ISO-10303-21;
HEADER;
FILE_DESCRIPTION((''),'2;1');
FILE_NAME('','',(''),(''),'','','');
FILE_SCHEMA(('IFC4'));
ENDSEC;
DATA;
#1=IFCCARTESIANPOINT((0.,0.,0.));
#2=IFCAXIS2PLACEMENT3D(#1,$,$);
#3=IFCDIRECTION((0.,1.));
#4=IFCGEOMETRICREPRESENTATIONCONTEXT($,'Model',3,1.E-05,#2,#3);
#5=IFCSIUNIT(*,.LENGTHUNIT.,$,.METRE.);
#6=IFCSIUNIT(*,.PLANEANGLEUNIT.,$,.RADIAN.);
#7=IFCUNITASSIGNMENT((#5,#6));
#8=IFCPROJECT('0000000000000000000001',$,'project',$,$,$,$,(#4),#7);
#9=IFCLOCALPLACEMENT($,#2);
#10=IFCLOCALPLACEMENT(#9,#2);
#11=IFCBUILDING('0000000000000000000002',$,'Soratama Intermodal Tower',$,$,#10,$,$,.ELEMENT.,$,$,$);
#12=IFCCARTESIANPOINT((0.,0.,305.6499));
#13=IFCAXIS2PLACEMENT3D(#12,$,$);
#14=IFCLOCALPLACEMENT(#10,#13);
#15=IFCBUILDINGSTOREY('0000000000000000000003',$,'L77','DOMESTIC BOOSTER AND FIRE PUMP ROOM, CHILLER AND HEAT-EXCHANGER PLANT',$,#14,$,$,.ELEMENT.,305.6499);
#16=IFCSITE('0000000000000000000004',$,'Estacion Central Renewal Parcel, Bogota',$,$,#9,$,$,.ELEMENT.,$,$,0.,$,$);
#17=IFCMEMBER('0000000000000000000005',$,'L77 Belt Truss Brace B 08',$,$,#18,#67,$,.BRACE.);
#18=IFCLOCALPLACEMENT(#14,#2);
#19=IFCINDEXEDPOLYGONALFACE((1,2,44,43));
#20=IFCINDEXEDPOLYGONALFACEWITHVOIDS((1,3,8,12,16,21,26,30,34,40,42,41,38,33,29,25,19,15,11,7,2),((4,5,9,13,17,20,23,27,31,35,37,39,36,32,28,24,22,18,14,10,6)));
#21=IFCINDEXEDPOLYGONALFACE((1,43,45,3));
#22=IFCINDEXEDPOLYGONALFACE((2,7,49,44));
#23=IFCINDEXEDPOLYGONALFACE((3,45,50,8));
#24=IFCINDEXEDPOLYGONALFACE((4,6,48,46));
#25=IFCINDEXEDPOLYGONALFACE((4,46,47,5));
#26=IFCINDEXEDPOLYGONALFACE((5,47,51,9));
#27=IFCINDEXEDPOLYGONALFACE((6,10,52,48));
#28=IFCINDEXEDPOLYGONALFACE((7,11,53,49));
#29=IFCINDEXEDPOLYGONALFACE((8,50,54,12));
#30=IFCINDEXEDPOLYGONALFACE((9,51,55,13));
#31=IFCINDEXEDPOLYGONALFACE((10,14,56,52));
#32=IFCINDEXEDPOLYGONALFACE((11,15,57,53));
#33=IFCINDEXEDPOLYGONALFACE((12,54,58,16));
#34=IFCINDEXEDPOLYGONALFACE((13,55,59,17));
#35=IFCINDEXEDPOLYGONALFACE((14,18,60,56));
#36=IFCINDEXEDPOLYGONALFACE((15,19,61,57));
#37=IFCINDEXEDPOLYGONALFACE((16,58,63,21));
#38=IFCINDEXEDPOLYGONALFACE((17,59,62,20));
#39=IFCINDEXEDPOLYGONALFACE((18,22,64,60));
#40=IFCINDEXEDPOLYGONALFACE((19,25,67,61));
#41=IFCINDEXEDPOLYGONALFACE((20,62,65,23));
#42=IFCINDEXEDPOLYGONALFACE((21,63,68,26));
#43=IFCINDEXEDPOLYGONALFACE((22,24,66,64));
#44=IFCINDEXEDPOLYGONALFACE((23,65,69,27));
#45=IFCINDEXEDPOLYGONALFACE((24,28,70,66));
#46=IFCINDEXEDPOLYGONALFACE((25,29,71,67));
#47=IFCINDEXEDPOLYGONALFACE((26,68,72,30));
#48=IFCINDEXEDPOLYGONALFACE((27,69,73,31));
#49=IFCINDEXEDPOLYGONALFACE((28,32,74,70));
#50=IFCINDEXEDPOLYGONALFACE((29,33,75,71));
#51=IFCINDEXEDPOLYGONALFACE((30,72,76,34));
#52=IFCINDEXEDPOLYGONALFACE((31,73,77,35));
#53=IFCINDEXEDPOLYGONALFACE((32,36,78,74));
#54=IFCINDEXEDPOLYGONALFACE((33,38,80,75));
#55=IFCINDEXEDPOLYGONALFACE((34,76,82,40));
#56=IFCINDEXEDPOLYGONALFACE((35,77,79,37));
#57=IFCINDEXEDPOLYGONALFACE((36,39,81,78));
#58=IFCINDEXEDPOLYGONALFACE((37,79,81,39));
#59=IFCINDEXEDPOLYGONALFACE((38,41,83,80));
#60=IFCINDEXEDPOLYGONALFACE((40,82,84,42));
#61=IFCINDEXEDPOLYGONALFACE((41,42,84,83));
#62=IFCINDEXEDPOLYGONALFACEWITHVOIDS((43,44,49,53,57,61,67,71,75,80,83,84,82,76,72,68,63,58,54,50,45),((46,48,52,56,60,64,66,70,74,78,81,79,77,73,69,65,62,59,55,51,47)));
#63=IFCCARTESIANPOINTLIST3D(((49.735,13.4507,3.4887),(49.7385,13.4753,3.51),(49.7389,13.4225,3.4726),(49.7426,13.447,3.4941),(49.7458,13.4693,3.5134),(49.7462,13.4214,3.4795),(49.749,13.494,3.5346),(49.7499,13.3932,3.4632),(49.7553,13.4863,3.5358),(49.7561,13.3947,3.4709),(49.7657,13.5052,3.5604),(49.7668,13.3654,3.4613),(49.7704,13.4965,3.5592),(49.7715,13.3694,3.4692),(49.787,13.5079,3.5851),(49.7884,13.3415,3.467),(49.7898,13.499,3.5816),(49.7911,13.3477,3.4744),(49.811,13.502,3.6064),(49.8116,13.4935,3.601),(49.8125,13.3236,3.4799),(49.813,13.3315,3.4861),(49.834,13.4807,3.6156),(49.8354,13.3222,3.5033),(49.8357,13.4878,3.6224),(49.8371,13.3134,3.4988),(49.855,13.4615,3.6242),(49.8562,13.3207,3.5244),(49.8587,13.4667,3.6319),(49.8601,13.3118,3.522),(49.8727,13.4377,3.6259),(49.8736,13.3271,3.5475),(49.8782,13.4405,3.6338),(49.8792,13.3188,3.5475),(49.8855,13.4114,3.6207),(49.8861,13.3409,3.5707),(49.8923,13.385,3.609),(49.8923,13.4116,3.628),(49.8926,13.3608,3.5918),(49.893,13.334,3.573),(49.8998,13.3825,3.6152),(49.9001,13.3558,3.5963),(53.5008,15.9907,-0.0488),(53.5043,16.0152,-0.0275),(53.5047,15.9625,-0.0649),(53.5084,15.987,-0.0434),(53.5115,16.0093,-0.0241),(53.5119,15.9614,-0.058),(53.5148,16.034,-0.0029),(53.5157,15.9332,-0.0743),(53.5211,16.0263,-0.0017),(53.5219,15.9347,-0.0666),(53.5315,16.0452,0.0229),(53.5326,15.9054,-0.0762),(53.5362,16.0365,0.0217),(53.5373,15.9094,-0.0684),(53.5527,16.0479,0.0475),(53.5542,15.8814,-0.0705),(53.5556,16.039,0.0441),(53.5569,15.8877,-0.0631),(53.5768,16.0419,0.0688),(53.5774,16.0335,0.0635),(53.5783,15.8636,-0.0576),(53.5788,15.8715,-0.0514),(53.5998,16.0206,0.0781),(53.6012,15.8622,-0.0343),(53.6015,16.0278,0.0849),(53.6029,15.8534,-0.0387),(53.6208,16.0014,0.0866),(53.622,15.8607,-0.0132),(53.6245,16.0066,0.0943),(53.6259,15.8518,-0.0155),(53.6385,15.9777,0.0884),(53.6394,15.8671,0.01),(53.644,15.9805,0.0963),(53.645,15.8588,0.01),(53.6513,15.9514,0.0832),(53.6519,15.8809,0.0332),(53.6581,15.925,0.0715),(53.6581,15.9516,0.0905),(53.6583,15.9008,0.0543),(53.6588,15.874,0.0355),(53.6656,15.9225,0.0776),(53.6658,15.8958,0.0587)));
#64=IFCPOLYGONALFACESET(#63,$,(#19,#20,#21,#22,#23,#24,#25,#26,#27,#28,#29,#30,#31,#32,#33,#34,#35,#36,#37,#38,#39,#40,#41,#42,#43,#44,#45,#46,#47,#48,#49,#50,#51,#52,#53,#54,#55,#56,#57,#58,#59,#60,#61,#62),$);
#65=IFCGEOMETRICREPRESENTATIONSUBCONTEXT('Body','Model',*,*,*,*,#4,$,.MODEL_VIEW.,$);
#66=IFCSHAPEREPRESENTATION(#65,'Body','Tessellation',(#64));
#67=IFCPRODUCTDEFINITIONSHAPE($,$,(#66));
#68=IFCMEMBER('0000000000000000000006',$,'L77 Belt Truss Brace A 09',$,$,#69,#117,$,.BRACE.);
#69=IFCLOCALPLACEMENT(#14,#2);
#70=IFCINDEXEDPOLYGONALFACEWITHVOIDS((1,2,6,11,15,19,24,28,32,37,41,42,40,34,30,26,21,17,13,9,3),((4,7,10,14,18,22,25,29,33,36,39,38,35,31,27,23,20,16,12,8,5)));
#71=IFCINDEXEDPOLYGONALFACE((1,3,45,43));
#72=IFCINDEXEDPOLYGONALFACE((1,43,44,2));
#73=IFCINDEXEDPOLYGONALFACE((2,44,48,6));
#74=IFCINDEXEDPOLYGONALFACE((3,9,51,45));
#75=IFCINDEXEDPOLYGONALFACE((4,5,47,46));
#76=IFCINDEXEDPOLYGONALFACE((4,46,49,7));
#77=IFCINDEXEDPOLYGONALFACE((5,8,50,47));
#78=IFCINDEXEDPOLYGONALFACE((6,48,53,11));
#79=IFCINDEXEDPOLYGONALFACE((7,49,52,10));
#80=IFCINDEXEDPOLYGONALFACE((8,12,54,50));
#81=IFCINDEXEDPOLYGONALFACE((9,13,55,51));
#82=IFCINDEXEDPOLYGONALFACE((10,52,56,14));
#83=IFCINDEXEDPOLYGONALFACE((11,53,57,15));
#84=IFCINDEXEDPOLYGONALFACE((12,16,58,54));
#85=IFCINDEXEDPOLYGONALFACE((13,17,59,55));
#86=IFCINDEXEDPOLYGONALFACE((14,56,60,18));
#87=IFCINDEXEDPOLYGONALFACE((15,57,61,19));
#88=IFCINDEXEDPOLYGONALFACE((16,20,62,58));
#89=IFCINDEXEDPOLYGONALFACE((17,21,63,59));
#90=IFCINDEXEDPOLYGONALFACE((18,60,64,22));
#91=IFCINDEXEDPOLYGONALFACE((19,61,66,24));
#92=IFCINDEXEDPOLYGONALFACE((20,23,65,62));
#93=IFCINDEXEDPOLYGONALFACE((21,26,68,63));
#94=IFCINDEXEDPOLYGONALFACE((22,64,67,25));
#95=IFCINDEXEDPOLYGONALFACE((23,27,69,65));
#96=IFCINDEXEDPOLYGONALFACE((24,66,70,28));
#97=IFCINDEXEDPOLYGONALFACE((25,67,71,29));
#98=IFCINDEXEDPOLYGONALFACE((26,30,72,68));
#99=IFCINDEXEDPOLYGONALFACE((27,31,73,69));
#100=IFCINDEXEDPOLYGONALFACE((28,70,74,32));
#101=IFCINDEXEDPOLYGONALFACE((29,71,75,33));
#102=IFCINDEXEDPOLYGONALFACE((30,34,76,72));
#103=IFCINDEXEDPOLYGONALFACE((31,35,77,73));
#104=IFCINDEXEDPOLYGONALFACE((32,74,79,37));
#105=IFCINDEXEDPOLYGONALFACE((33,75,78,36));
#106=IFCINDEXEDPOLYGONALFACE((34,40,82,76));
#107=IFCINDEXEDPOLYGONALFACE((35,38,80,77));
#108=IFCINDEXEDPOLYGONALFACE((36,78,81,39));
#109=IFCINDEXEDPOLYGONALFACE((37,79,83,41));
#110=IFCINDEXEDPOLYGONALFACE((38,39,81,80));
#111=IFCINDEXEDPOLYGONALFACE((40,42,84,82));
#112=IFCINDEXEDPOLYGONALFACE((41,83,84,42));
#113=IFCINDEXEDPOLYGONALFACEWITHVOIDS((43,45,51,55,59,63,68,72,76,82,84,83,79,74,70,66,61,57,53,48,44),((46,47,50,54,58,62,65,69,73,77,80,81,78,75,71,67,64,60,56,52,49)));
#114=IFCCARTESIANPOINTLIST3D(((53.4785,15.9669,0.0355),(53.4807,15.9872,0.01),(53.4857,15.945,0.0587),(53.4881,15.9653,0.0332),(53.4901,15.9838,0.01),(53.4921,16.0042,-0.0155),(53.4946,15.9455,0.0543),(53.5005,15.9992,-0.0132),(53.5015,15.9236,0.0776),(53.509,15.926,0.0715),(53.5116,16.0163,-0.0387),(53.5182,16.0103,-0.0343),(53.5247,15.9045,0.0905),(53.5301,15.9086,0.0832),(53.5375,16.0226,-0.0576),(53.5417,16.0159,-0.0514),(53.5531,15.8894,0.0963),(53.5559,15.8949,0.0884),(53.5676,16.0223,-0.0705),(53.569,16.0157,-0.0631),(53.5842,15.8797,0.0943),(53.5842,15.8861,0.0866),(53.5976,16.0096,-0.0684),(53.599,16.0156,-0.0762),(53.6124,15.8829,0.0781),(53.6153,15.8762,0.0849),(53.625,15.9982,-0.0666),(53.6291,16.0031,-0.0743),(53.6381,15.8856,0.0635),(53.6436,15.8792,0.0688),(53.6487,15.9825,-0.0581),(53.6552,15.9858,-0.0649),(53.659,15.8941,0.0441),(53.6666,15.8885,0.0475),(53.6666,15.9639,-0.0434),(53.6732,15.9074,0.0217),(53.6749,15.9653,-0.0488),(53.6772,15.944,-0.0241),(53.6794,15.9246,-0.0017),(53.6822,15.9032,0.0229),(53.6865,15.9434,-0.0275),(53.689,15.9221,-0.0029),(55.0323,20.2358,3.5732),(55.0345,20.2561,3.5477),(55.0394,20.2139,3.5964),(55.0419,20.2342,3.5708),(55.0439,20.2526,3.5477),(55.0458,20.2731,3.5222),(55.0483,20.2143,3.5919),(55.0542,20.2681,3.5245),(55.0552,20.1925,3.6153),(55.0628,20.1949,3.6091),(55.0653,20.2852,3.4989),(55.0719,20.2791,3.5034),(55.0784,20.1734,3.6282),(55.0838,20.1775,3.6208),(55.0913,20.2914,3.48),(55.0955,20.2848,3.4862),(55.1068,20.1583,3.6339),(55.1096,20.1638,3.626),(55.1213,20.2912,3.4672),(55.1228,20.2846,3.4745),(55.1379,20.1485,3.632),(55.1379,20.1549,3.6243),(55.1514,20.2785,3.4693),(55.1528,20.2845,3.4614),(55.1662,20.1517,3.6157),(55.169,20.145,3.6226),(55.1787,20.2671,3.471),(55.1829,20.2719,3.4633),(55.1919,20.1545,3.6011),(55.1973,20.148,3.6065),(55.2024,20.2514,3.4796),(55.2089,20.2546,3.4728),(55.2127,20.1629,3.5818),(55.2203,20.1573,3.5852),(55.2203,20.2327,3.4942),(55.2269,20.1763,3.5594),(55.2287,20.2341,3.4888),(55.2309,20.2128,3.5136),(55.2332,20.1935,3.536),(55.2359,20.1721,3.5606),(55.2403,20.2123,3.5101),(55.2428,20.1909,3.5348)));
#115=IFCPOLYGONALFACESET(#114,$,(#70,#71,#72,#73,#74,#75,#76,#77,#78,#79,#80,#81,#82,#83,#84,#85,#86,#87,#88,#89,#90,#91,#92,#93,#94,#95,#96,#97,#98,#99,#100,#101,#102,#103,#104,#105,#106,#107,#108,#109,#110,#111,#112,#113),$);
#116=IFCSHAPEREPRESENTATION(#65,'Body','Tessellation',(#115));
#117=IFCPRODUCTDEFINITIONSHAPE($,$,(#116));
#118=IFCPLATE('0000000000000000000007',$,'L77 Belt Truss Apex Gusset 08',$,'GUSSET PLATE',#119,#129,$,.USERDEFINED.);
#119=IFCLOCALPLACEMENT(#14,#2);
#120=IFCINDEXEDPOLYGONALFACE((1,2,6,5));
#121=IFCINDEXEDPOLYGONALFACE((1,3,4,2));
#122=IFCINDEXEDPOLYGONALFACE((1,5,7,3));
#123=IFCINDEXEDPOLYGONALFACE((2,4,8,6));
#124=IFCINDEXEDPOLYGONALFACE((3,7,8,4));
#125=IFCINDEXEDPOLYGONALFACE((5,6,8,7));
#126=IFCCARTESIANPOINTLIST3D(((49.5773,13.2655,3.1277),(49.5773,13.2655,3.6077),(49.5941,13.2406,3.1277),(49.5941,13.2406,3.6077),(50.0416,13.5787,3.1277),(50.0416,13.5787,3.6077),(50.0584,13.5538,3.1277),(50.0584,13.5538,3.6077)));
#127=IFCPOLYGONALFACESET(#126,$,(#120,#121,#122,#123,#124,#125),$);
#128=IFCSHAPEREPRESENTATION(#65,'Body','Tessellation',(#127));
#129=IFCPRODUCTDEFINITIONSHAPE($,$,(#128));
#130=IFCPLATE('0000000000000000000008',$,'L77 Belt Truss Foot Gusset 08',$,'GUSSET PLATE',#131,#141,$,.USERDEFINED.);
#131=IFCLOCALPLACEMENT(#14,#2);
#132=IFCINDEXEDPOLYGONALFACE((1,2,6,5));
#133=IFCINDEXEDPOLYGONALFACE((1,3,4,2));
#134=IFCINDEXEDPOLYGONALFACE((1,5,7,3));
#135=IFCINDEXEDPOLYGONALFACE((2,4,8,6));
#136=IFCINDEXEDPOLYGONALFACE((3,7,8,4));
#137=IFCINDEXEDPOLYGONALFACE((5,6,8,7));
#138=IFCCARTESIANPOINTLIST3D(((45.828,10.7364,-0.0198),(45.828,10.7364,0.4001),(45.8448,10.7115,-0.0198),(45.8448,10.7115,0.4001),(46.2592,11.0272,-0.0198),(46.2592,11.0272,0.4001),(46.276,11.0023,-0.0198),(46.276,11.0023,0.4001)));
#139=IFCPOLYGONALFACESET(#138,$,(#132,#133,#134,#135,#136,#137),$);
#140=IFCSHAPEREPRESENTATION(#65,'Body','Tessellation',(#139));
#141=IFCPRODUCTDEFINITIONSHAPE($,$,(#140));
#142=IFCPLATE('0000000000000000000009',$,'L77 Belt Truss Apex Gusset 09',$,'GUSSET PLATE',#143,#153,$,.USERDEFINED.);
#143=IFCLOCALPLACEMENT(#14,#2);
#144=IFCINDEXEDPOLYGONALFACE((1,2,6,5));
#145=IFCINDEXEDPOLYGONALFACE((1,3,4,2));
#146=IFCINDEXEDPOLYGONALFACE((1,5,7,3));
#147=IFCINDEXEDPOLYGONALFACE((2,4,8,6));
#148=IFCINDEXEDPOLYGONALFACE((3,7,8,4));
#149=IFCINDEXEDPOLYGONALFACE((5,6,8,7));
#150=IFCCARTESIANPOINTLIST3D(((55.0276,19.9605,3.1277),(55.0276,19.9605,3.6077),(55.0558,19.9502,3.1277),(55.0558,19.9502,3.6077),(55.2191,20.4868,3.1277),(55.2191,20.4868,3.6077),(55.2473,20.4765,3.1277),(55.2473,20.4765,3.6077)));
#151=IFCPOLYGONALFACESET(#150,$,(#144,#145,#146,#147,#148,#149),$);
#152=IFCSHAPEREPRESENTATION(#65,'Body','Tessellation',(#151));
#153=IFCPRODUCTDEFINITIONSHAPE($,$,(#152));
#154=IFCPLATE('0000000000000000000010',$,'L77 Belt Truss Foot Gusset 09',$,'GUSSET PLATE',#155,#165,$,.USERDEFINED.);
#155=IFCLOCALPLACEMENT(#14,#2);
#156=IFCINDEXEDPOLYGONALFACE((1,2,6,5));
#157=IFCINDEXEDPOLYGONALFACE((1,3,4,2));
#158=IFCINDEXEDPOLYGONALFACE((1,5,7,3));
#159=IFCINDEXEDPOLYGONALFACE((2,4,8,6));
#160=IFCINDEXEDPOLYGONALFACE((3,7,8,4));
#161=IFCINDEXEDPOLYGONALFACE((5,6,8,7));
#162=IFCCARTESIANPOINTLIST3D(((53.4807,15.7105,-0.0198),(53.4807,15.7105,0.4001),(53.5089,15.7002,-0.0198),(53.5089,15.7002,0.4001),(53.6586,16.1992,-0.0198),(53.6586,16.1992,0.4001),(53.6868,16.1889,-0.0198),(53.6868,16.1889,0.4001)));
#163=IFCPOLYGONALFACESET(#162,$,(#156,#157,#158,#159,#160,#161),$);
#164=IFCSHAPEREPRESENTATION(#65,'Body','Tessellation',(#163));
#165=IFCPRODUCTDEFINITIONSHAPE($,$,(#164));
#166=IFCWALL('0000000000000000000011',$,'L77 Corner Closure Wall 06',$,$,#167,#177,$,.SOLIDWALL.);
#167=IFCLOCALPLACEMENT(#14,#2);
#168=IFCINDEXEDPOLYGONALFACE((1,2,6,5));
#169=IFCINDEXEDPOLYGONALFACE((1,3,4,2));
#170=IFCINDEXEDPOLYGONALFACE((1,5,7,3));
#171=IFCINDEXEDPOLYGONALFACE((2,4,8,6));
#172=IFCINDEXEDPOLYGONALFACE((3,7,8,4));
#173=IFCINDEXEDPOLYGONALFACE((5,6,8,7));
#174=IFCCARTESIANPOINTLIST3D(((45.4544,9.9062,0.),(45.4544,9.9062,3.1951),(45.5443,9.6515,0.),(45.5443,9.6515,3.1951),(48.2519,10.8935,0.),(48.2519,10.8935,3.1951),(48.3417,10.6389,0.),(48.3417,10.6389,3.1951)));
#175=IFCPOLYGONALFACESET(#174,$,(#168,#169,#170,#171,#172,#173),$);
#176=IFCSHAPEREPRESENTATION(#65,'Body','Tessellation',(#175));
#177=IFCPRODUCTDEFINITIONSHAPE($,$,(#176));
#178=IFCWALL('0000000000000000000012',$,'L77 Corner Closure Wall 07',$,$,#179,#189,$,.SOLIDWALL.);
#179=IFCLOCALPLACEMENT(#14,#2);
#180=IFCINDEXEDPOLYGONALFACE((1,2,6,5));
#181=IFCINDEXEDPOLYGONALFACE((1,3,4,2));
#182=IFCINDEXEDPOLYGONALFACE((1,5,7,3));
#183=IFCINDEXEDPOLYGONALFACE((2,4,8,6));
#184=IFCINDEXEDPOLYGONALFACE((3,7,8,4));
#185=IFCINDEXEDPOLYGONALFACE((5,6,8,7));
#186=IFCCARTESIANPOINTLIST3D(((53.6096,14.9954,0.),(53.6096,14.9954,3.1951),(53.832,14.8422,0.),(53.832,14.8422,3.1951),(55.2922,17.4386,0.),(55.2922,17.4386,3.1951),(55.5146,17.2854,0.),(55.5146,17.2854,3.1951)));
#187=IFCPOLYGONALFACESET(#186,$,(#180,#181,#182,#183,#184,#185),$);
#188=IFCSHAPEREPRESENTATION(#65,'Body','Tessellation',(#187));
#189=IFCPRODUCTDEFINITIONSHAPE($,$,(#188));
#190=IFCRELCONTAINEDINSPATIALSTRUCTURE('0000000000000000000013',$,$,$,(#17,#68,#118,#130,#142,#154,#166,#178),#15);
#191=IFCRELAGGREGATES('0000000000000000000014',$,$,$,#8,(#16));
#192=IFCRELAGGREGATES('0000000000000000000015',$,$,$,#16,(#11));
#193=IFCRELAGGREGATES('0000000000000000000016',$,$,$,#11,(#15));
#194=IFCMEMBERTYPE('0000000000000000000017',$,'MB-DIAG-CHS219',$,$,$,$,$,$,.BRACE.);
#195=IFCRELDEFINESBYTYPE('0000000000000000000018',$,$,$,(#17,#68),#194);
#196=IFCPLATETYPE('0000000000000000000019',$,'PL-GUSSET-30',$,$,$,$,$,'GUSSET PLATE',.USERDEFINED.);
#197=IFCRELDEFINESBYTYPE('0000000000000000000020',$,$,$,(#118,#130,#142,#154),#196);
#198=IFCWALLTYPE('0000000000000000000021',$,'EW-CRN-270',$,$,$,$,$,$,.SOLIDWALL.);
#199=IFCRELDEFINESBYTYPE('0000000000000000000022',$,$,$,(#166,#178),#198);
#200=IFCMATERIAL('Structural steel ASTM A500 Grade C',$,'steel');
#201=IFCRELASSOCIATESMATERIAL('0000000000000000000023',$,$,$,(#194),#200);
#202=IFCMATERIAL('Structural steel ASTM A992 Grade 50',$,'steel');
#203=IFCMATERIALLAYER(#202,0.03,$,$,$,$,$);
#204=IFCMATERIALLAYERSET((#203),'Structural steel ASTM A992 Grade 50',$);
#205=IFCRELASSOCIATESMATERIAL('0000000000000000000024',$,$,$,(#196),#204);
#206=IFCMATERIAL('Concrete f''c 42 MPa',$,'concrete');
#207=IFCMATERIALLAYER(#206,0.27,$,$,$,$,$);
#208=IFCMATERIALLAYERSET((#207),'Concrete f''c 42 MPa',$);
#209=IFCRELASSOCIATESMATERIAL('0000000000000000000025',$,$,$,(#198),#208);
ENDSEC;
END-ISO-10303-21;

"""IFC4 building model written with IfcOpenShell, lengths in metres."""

from ifc_helpers import new_model, si_unit, direction, frame, frame_2d, origin, origin_2d, place, context, subcontext, project, spatial, rectangle, hollow_circle, extrude, material, layer, layer_set, material_profile, profile_set, type_object, element, save


model = new_model("IFC4")

# Units and contexts
model_context = context("Model", 3, precision=1e-05, world=origin(), true_north=direction((0.0, 1.0)))
body_context = subcontext(model_context, "Body", "Model", "MODEL_VIEW")
ifc_project = project(units=[si_unit("LENGTHUNIT", "METRE"), si_unit("PLANEANGLEUNIT", "RADIAN")], contexts=[model_context])

# Site, building, storey
site_placement = place(None, origin())
site = spatial("IfcSite", under=ifc_project, at=site_placement, Name="Estacion Central Renewal Parcel, Bogota", CompositionType="ELEMENT", RefElevation=0.0)
building_placement = place(site_placement, origin())
building = spatial("IfcBuilding", under=site, at=building_placement, Name="Soratama Intermodal Tower", CompositionType="ELEMENT")
storey_placement = place(building_placement, frame((0.0, 0.0, 305.6499)))
storey = spatial("IfcBuildingStorey", under=building, at=storey_placement, Name="L77", Description="DOMESTIC BOOSTER AND FIRE PUMP ROOM, CHILLER AND HEAT-EXCHANGER PLANT", CompositionType="ELEMENT", Elevation=305.6499)

# Members
ifc_material_1 = material(Name="Structural steel ASTM A500 Grade C", Category="steel")
ifc_material_profile_1 = material_profile(ifc_material_1, hollow_circle(Radius=0.1096, WallThickness=0.01, at=origin_2d()), Name="CHS219X10")
ifc_profile_set_1 = profile_set([ifc_material_profile_1], Name="Structural steel ASTM A500 Grade C")
member_type = type_object("IfcMemberType", Name="MB-DIAG-CHS219", PredefinedType="BRACE", material=ifc_profile_set_1)
member_1_placement = place(storey_placement, frame((53.5837, 15.9497, 0.01), z_axis=(-0.654087, -0.441175, 0.614439), x_axis=(0.559182, -0.829045, 0.0)))
element("IfcMember", 1, at=member_1_placement, inside=storey, type_object=member_type, Name="L77 Belt Truss Brace B 08", PredefinedType="BRACE", context=body_context, shape_type="SweptSolid", body=[
    extrude(hollow_circle(Radius=0.1096, WallThickness=0.01, at=origin_2d()), origin(), (0.0, 0.0, 1.0), 5.7573),
])
member_2_placement = place(storey_placement, frame((53.5837, 15.9497, 0.01), z_axis=(0.269849, 0.741405, 0.61441), x_axis=(-0.939693, 0.342019, 0.0)))
element("IfcMember", 2, at=member_2_placement, inside=storey, type_object=member_type, Name="L77 Belt Truss Brace A 09", PredefinedType="BRACE", context=body_context, shape_type="SweptSolid", body=[
    extrude(hollow_circle(Radius=0.1096, WallThickness=0.01, at=origin_2d()), origin(), (0.0, 0.0, 1.0), 5.7578),
])

# Plates
ifc_material_2 = material(Name="Structural steel ASTM A992 Grade 50", Category="steel")
ifc_layer_1 = layer(ifc_material_2, 0.03)
ifc_layer_set_1 = layer_set([ifc_layer_1], Name="Structural steel ASTM A992 Grade 50")
plate_type = type_object("IfcPlateType", Name="PL-GUSSET-30", ElementType="GUSSET PLATE", PredefinedType="USERDEFINED", material=ifc_layer_set_1)
plate_1_placement = place(storey_placement, frame((49.8179, 13.4097, 3.1277), z_axis=(0.0, 0.0, 1.0), x_axis=(0.829038, 0.559193, 0.0)))
element("IfcPlate", 3, at=plate_1_placement, inside=storey, type_object=plate_type, Name="L77 Belt Truss Apex Gusset 08", ObjectType="GUSSET PLATE", PredefinedType="USERDEFINED", context=body_context, shape_type="SweptSolid", body=[
    extrude(rectangle(XDim=0.5601, YDim=0.03, at=origin_2d()), origin(), (0.0, 0.0, 1.0), 0.48),
])
plate_2_placement = place(storey_placement, frame((46.052, 10.8694, -0.0198), z_axis=(0.0, 0.0, 1.0), x_axis=(0.829038, 0.559193, 0.0)))
element("IfcPlate", 4, at=plate_2_placement, inside=storey, type_object=plate_type, Name="L77 Belt Truss Foot Gusset 08", ObjectType="GUSSET PLATE", PredefinedType="USERDEFINED", context=body_context, shape_type="SweptSolid", body=[
    extrude(rectangle(XDim=0.52, YDim=0.03, at=origin_2d()), origin(), (0.0, 0.0, 1.0), 0.4199),
])
plate_3_placement = place(storey_placement, frame((55.1375, 20.2185, 3.1277), z_axis=(0.0, 0.0, 1.0), x_axis=(0.34202, 0.939693, 0.0)))
element("IfcPlate", 5, at=plate_3_placement, inside=storey, type_object=plate_type, Name="L77 Belt Truss Apex Gusset 09", ObjectType="GUSSET PLATE", PredefinedType="USERDEFINED", context=body_context, shape_type="SweptSolid", body=[
    extrude(rectangle(XDim=0.5601, YDim=0.03, at=origin_2d()), origin(), (0.0, 0.0, 1.0), 0.48),
])
plate_4_placement = place(storey_placement, frame((53.5837, 15.9497, -0.0198), z_axis=(0.0, 0.0, 1.0), x_axis=(0.34202, 0.939693, 0.0)))
element("IfcPlate", 6, at=plate_4_placement, inside=storey, type_object=plate_type, Name="L77 Belt Truss Foot Gusset 09", ObjectType="GUSSET PLATE", PredefinedType="USERDEFINED", context=body_context, shape_type="SweptSolid", body=[
    extrude(rectangle(XDim=0.52, YDim=0.03, at=origin_2d()), origin(), (0.0, 0.0, 1.0), 0.4199),
])

# Walls
ifc_material_3 = material(Name="Concrete f'c 42 MPa", Category="concrete")
ifc_layer_2 = layer(ifc_material_3, 0.27)
ifc_layer_set_2 = layer_set([ifc_layer_2], Name="Concrete f'c 42 MPa")
wall_type_1 = type_object("IfcWallType", Name="EW-CRN-270", PredefinedType="SOLIDWALL", material=ifc_layer_set_2)
for number, where, z_axis, x_axis, name in (
    (7, (45.4993, 9.7788, 0.0), (0.0, 0.0, 1.0), (0.94299, 0.33282, 0.0), "L77 Corner Closure Wall 06"),
    (8, (53.7207, 14.9187, 0.0), (0.0, 0.0, 1.0), (0.56721, 0.823573, 0.0), "L77 Corner Closure Wall 07"),
):
    element("IfcWall", number, at=place(storey_placement, frame(where, z_axis=z_axis, x_axis=x_axis)), inside=storey, type_object=wall_type_1, Name=name, PredefinedType="SOLIDWALL", context=body_context, shape_type="SweptSolid", body=[
        extrude(rectangle(XDim=2.9666, YDim=0.27, at=frame_2d((1.4834, 0.0))), origin(), (0.0, 0.0, 1.0), 3.1951),
    ])

save(model, "model.ifc")
